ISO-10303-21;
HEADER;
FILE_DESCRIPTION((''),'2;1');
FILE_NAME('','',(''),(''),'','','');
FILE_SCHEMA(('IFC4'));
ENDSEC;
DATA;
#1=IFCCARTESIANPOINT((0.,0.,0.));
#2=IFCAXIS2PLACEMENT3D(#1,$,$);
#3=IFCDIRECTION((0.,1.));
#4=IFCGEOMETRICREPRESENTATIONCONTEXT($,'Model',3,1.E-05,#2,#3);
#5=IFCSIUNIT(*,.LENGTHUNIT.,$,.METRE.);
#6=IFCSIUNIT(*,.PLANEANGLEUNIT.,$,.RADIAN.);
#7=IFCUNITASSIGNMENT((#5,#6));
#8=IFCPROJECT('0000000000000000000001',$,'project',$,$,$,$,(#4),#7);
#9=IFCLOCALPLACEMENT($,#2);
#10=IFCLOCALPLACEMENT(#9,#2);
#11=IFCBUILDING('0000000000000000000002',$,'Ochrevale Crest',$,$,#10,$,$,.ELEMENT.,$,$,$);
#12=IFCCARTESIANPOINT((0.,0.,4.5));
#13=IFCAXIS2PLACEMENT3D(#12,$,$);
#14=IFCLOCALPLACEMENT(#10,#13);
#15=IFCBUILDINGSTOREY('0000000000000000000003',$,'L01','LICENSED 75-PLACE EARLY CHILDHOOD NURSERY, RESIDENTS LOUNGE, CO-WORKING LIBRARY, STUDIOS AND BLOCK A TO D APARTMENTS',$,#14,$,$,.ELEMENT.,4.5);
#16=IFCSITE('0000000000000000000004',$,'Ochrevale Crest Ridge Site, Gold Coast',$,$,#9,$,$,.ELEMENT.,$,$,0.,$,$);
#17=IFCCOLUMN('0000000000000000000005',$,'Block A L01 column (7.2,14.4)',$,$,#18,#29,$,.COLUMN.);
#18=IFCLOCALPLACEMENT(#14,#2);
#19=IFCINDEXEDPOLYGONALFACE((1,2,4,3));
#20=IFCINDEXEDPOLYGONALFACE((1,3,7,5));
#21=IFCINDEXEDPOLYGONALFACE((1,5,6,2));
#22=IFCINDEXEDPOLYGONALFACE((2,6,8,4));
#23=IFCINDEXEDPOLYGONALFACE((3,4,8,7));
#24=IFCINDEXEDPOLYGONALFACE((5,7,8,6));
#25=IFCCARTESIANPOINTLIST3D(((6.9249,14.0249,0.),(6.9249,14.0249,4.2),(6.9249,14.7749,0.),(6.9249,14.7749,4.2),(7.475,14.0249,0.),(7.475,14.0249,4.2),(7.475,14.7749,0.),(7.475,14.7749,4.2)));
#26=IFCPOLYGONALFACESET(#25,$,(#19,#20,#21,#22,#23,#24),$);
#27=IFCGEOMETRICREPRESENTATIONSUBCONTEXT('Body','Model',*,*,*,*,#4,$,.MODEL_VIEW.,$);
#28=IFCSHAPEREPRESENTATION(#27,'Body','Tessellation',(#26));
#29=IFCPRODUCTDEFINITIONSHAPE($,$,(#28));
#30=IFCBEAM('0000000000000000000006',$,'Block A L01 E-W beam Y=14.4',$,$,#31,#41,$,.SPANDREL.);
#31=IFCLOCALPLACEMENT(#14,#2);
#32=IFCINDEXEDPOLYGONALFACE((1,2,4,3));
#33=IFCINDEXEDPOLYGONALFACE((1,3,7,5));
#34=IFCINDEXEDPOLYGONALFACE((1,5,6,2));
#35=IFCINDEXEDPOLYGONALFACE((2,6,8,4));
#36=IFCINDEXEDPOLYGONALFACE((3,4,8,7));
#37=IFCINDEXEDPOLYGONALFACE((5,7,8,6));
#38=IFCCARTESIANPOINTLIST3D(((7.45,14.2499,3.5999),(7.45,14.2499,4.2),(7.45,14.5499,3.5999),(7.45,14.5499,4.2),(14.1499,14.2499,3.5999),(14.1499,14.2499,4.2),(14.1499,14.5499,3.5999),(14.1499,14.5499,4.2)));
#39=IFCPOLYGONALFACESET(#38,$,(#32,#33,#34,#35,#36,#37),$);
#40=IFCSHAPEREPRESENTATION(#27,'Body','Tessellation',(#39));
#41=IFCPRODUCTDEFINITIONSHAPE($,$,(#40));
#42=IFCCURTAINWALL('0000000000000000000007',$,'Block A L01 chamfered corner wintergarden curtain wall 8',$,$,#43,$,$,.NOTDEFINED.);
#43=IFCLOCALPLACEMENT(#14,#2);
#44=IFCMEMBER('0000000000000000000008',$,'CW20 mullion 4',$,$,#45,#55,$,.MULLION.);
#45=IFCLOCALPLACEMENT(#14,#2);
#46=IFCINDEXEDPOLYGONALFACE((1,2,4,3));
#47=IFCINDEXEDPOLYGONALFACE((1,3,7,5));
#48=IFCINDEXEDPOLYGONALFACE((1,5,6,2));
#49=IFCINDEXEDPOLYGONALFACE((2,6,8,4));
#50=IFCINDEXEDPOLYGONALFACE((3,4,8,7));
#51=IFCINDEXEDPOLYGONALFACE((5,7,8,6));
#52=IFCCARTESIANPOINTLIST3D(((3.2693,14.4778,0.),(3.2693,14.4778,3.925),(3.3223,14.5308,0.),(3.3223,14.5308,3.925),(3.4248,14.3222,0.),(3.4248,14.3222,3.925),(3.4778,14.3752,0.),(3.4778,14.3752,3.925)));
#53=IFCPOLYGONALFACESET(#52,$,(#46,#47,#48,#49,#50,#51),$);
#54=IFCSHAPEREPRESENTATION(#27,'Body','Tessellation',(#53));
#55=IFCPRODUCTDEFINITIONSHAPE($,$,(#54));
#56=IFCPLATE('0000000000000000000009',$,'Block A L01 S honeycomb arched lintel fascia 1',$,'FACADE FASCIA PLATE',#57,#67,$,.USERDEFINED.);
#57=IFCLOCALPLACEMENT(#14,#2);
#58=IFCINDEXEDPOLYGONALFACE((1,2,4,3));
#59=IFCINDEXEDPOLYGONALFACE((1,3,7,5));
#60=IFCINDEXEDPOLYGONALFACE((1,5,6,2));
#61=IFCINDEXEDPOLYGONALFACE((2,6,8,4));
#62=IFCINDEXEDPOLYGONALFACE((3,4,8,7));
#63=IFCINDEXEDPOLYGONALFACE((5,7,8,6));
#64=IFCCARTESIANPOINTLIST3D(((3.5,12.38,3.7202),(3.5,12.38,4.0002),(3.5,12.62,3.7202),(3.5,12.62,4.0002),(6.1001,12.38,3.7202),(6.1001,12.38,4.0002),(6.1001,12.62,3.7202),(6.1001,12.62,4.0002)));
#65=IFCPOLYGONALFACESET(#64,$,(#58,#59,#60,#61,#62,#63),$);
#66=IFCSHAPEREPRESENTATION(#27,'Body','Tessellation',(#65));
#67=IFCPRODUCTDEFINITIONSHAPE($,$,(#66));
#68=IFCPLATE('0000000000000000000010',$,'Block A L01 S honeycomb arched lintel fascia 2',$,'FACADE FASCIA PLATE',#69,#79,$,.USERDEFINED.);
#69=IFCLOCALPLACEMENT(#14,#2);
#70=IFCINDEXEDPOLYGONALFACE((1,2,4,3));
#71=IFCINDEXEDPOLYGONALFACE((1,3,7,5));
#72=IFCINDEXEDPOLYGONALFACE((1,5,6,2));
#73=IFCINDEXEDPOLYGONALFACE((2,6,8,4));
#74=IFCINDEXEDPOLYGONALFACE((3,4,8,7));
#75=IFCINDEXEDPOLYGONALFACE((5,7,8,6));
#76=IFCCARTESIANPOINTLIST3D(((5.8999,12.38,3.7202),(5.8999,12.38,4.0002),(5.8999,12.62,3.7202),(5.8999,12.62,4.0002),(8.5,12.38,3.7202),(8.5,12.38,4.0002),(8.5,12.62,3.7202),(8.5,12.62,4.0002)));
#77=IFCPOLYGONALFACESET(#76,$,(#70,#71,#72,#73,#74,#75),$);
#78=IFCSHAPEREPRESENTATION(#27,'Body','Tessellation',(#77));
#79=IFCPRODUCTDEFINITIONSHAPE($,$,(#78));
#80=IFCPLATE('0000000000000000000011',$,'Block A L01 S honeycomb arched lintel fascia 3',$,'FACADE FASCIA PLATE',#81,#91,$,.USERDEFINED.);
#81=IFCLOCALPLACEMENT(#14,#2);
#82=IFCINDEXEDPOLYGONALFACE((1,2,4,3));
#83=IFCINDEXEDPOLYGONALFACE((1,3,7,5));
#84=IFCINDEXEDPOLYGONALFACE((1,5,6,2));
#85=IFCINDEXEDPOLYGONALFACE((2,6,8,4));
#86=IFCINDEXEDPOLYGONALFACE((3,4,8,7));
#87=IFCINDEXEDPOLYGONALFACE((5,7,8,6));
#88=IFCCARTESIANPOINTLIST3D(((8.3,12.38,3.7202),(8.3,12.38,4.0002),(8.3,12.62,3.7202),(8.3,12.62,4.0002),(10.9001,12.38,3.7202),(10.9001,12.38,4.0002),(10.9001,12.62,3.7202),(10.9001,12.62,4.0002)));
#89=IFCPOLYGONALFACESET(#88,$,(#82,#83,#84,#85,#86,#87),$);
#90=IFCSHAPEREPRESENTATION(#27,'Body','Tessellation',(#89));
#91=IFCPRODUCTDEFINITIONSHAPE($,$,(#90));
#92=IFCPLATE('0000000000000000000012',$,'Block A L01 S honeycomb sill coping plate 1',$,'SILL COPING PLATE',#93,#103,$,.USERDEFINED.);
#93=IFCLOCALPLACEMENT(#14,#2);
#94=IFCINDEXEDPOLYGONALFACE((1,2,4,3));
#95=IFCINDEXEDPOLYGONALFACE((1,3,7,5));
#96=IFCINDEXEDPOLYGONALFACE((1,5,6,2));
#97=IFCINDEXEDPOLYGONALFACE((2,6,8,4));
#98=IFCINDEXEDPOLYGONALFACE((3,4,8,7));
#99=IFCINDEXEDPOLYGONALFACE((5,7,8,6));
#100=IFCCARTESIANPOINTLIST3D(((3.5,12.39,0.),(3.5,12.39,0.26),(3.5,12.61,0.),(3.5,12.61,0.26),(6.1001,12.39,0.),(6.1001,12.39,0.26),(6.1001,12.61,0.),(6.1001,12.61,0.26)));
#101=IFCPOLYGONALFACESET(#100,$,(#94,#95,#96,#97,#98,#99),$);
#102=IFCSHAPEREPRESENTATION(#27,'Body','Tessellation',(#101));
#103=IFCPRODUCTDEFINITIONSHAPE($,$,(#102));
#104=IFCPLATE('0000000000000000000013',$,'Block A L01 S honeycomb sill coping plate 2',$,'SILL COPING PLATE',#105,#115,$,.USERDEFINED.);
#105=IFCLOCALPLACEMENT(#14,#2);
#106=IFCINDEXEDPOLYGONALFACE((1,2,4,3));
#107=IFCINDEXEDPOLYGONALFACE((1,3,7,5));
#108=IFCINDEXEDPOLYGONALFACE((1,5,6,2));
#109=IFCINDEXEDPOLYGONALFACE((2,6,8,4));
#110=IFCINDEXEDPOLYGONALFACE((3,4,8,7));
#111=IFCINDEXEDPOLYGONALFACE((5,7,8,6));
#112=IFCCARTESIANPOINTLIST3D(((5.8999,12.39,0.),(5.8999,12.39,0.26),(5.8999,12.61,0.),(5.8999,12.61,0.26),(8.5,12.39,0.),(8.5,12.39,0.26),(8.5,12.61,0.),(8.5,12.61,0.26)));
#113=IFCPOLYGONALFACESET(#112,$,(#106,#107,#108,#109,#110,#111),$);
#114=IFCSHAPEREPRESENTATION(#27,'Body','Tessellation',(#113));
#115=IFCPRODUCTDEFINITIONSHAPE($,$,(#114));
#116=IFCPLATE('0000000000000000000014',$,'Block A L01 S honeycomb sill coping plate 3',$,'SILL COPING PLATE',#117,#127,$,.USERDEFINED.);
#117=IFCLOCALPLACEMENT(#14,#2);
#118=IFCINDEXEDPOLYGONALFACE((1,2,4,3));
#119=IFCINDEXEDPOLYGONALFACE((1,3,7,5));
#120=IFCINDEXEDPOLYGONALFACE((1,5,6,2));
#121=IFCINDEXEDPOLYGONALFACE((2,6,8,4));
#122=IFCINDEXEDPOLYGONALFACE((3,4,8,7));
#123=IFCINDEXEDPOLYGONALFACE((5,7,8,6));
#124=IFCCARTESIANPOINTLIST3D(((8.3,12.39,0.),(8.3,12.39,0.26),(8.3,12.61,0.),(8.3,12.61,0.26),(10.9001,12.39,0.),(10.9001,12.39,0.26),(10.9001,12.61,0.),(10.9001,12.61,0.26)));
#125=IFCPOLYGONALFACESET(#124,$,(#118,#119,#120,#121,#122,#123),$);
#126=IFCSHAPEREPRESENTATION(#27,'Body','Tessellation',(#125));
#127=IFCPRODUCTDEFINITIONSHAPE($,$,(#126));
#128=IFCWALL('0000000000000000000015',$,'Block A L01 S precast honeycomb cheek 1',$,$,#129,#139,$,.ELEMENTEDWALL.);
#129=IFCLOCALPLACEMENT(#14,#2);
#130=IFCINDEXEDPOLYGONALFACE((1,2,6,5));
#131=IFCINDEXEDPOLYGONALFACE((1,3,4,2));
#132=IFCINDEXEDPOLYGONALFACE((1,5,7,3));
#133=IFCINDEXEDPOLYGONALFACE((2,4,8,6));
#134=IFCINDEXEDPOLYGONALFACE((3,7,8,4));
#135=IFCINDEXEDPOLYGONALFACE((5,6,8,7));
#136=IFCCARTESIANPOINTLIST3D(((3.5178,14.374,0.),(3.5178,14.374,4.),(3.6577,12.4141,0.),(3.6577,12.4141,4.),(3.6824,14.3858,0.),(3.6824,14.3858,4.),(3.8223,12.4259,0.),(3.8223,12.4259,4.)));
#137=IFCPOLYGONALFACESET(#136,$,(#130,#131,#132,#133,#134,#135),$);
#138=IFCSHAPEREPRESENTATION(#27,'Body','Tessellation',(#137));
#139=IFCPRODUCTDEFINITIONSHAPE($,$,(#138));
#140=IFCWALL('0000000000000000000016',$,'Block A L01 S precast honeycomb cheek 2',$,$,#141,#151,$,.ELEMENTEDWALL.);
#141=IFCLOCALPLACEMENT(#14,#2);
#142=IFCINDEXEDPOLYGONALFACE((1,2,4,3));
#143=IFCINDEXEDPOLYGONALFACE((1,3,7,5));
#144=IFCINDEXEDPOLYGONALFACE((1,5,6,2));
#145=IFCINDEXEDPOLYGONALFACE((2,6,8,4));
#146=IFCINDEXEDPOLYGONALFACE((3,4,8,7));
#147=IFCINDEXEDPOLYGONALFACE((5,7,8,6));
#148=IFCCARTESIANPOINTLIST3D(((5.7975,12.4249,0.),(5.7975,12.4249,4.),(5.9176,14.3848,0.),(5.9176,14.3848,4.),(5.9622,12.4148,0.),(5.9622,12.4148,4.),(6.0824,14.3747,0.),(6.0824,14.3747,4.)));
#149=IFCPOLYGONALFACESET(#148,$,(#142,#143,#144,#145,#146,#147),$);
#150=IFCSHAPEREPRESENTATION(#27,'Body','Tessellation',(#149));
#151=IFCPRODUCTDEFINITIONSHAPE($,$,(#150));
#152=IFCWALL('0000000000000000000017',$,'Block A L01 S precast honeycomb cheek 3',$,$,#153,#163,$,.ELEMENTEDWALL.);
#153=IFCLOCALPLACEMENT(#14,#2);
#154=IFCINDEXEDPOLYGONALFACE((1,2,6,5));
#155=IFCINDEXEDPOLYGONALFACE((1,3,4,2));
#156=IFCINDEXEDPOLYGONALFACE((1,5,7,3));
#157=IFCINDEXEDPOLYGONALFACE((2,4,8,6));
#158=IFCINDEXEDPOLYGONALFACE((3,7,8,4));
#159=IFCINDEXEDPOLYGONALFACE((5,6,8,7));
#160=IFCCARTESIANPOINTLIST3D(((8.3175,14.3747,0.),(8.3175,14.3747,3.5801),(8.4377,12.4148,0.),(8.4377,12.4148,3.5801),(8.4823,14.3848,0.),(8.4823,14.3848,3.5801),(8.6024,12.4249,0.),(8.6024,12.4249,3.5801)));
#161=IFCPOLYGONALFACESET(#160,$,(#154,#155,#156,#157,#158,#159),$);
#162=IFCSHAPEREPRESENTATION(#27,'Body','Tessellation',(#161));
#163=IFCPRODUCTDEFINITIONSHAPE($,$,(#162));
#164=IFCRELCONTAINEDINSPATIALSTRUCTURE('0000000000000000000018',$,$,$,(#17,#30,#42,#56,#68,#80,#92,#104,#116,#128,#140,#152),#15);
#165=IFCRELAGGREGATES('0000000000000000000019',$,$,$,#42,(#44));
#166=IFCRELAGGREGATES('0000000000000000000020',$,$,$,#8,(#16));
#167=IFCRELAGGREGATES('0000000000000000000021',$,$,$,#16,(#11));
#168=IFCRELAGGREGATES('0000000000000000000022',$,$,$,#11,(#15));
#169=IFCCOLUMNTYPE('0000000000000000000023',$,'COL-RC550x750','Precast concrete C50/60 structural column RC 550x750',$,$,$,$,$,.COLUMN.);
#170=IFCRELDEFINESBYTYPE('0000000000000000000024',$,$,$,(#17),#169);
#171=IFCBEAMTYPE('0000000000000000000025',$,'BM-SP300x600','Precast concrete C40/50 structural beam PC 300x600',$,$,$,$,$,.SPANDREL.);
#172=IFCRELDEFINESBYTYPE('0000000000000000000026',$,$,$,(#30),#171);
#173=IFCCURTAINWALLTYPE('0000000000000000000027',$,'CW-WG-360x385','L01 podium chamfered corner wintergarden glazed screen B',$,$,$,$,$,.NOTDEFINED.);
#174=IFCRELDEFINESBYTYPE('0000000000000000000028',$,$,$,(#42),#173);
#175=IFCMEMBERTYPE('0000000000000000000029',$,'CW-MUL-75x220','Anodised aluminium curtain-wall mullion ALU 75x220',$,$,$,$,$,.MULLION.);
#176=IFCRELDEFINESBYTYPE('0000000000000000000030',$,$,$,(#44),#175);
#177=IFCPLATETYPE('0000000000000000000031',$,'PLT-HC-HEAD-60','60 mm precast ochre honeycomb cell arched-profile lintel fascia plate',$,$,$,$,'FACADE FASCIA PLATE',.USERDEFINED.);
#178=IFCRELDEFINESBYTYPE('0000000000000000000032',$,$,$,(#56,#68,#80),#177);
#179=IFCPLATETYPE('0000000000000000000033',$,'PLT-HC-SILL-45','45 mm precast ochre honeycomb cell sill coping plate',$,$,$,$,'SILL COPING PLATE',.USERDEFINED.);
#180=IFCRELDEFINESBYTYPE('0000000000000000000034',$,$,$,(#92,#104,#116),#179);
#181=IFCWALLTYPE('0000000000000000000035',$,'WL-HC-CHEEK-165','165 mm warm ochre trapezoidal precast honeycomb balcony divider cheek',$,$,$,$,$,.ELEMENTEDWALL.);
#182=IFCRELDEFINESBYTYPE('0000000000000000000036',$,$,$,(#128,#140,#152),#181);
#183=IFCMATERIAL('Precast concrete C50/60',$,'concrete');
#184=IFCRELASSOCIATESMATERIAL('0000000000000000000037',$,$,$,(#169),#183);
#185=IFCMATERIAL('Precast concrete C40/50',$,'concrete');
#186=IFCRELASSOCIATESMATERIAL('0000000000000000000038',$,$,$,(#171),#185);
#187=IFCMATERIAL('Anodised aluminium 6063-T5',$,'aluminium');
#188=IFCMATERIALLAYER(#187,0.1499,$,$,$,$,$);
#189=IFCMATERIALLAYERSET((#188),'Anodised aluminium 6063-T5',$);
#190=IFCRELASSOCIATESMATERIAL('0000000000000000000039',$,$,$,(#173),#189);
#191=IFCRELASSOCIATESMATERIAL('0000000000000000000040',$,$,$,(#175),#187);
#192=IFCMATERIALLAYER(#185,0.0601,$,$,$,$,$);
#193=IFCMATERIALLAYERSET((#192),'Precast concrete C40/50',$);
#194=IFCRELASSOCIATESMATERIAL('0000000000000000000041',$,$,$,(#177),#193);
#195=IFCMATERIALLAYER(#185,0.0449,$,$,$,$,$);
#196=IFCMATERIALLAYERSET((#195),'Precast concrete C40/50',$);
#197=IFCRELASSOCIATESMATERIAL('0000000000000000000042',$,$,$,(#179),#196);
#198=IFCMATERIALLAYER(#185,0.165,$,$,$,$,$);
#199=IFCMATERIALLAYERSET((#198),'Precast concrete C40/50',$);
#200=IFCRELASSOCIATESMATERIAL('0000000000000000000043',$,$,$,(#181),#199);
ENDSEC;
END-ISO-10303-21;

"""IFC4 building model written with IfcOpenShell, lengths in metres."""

from ifc_helpers import new_model, si_unit, direction, frame, frame_2d, origin, origin_2d, place, context, subcontext, project, spatial, rectangle, extrude, material, layer, layer_set, material_profile, profile_set, type_object, element, aggregate, save


model = new_model("IFC4")

# Units and contexts
model_context = context("Model", 3, precision=1e-05, world=origin(), true_north=direction((0.0, 1.0)))
body_context = subcontext(model_context, "Body", "Model", "MODEL_VIEW")
ifc_project = project(units=[si_unit("LENGTHUNIT", "METRE"), si_unit("PLANEANGLEUNIT", "RADIAN")], contexts=[model_context])

# Site, building, storey
site_placement = place(None, origin())
site = spatial("IfcSite", under=ifc_project, at=site_placement, Name="Ochrevale Crest Ridge Site, Gold Coast", CompositionType="ELEMENT", RefElevation=0.0)
building_placement = place(site_placement, origin())
building = spatial("IfcBuilding", under=site, at=building_placement, Name="Ochrevale Crest", CompositionType="ELEMENT")
storey_placement = place(building_placement, frame((0.0, 0.0, 4.5)))
storey = spatial("IfcBuildingStorey", under=building, at=storey_placement, Name="L01", Description="LICENSED 75-PLACE EARLY CHILDHOOD NURSERY, RESIDENTS LOUNGE, CO-WORKING LIBRARY, STUDIOS AND BLOCK A TO D APARTMENTS", CompositionType="ELEMENT", Elevation=4.5)

# Column
ifc_material_1 = material(Name="Precast concrete C50/60", Category="concrete")
ifc_material_profile_1 = material_profile(ifc_material_1, rectangle(XDim=0.55, YDim=0.75, at=origin_2d()), Name="RC 550x750")
ifc_profile_set_1 = profile_set([ifc_material_profile_1], Name="Precast concrete C50/60")
column_type = type_object("IfcColumnType", Name="COL-RC550x750", Description="Precast concrete C50/60 structural column RC 550x750", PredefinedType="COLUMN", material=ifc_profile_set_1)
column_placement = place(storey_placement, frame((7.2, 14.3999, 0.0), z_axis=(0.0, 0.0, 1.0), x_axis=(1.0, 0.0, 0.0)))
element("IfcColumn", 1, at=column_placement, inside=storey, type_object=column_type, Name="Block A L01 column (7.2,14.4)", PredefinedType="COLUMN", context=body_context, shape_type="SweptSolid", body=[
    extrude(rectangle(XDim=0.55, YDim=0.75, at=origin_2d()), origin(), (0.0, 0.0, 1.0), 4.2),
])

# Beam
ifc_material_2 = material(Name="Precast concrete C40/50", Category="concrete")
ifc_material_profile_2 = material_profile(ifc_material_2, rectangle(XDim=0.3, YDim=0.6001, at=origin_2d()), Name="PC 300x600")
ifc_profile_set_2 = profile_set([ifc_material_profile_2], Name="Precast concrete C40/50")
beam_type = type_object("IfcBeamType", Name="BM-SP300x600", Description="Precast concrete C40/50 structural beam PC 300x600", PredefinedType="SPANDREL", material=ifc_profile_set_2)
beam_placement = place(storey_placement, frame((7.45, 14.3999, 3.8999), z_axis=(1.0, 0.0, 0.0), x_axis=(0.0, 1.0, 0.0)))
element("IfcBeam", 2, at=beam_placement, inside=storey, type_object=beam_type, Name="Block A L01 E-W beam Y=14.4", PredefinedType="SPANDREL", context=body_context, shape_type="SweptSolid", body=[
    extrude(rectangle(XDim=0.3, YDim=0.6001, at=origin_2d()), origin(), (0.0, 0.0, 1.0), 6.7),
])

# Curtain wall, member
ifc_material_3 = material(Name="Anodised aluminium 6063-T5", Category="aluminium")
ifc_layer_1 = layer(ifc_material_3, 0.1499)
ifc_layer_set_1 = layer_set([ifc_layer_1], Name="Anodised aluminium 6063-T5")
curtain_wall_type = type_object("IfcCurtainWallType", Name="CW-WG-360x385", Description="L01 podium chamfered corner wintergarden glazed screen B", PredefinedType="NOTDEFINED", material=ifc_layer_set_1)
curtain_wall_placement = place(storey_placement, origin())
curtain_wall = element("IfcCurtainWall", 3, at=curtain_wall_placement, inside=storey, type_object=curtain_wall_type, Name="Block A L01 chamfered corner wintergarden curtain wall 8", PredefinedType="NOTDEFINED")
ifc_material_profile_3 = material_profile(ifc_material_3, rectangle(XDim=0.075, YDim=0.22, at=origin_2d()), Name="ALU 75x220")
ifc_profile_set_3 = profile_set([ifc_material_profile_3], Name="Anodised aluminium 6063-T5")
member_type = type_object("IfcMemberType", Name="CW-MUL-75x220", Description="Anodised aluminium curtain-wall mullion ALU 75x220", PredefinedType="MULLION", material=ifc_profile_set_3)
member_placement = place(storey_placement, frame((3.3735, 14.4265, 0.0), z_axis=(0.0, 0.0, 1.0), x_axis=(0.707107, 0.707107, 0.0)))
member = element("IfcMember", 4, at=member_placement, type_object=member_type, Name="CW20 mullion 4", PredefinedType="MULLION", context=body_context, shape_type="SweptSolid", body=[
    extrude(rectangle(XDim=0.075, YDim=0.22, at=origin_2d()), origin(), (0.0, 0.0, 1.0), 3.925),
])
aggregate(curtain_wall, [member])

# Plates
ifc_layer_2 = layer(ifc_material_2, 0.0601)
ifc_layer_set_2 = layer_set([ifc_layer_2], Name="Precast concrete C40/50")
plate_type_1 = type_object("IfcPlateType", Name="PLT-HC-HEAD-60", Description="60 mm precast ochre honeycomb cell arched-profile lintel fascia plate", ElementType="FACADE FASCIA PLATE", PredefinedType="USERDEFINED", material=ifc_layer_set_2)
for number, where, z_axis, x_axis, name in (
    (5, (4.8, 12.5, 3.7202), (0.0, 0.0, 1.0), (1.0, 0.0, 0.0), "Block A L01 S honeycomb arched lintel fascia 1"),
    (6, (7.2, 12.5, 3.7202), (0.0, 0.0, 1.0), (1.0, 0.0, 0.0), "Block A L01 S honeycomb arched lintel fascia 2"),
    (7, (9.6001, 12.5, 3.7202), (0.0, 0.0, 1.0), (1.0, 0.0, 0.0), "Block A L01 S honeycomb arched lintel fascia 3"),
):
    element("IfcPlate", number, at=place(storey_placement, frame(where, z_axis=z_axis, x_axis=x_axis)), inside=storey, type_object=plate_type_1, Name=name, ObjectType="FACADE FASCIA PLATE", PredefinedType="USERDEFINED", context=body_context, shape_type="SweptSolid", body=[
        extrude(rectangle(XDim=2.6001, YDim=0.24, at=origin_2d()), origin(), (0.0, 0.0, 1.0), 0.28),
    ])
ifc_layer_3 = layer(ifc_material_2, 0.0449)
ifc_layer_set_3 = layer_set([ifc_layer_3], Name="Precast concrete C40/50")
plate_type_2 = type_object("IfcPlateType", Name="PLT-HC-SILL-45", Description="45 mm precast ochre honeycomb cell sill coping plate", ElementType="SILL COPING PLATE", PredefinedType="USERDEFINED", material=ifc_layer_set_3)
for number, where, z_axis, x_axis, name in (
    (8, (4.8, 12.5, 0.0), (0.0, 0.0, 1.0), (1.0, 0.0, 0.0), "Block A L01 S honeycomb sill coping plate 1"),
    (9, (7.2, 12.5, 0.0), (0.0, 0.0, 1.0), (1.0, 0.0, 0.0), "Block A L01 S honeycomb sill coping plate 2"),
    (10, (9.6001, 12.5, 0.0), (0.0, 0.0, 1.0), (1.0, 0.0, 0.0), "Block A L01 S honeycomb sill coping plate 3"),
):
    element("IfcPlate", number, at=place(storey_placement, frame(where, z_axis=z_axis, x_axis=x_axis)), inside=storey, type_object=plate_type_2, Name=name, ObjectType="SILL COPING PLATE", PredefinedType="USERDEFINED", context=body_context, shape_type="SweptSolid", body=[
        extrude(rectangle(XDim=2.6001, YDim=0.22, at=origin_2d()), origin(), (0.0, 0.0, 1.0), 0.26),
    ])

# Walls
ifc_layer_4 = layer(ifc_material_2, 0.165)
ifc_layer_set_4 = layer_set([ifc_layer_4], Name="Precast concrete C40/50")
wall_type = type_object("IfcWallType", Name="WL-HC-CHEEK-165", Description="165 mm warm ochre trapezoidal precast honeycomb balcony divider cheek", PredefinedType="ELEMENTEDWALL", material=ifc_layer_set_4)
wall_1_placement = place(storey_placement, frame((3.6001, 14.3799, 0.0), z_axis=(0.0, 0.0, 1.0), x_axis=(0.071194, -0.997462, 0.0)))
element("IfcWall", 11, at=wall_1_placement, inside=storey, type_object=wall_type, Name="Block A L01 S precast honeycomb cheek 1", PredefinedType="ELEMENTEDWALL", context=body_context, shape_type="SweptSolid", body=[
    extrude(rectangle(XDim=1.9648, YDim=0.165, at=frame_2d((0.9824, 0.0))), origin(), (0.0, 0.0, 1.0), 4.0),
])
wall_2_placement = place(storey_placement, frame((6.0, 14.3799, 0.0), z_axis=(0.0, 0.0, 1.0), x_axis=(-0.061171, -0.998127, 0.0)))
element("IfcWall", 12, at=wall_2_placement, inside=storey, type_object=wall_type, Name="Block A L01 S precast honeycomb cheek 2", PredefinedType="ELEMENTEDWALL", context=body_context, shape_type="SweptSolid", body=[
    extrude(rectangle(XDim=1.9636, YDim=0.165, at=frame_2d((0.9819, 0.0))), origin(), (0.0, 0.0, 1.0), 4.0),
])
wall_3_placement = place(storey_placement, frame((8.3999, 14.3799, 0.0), z_axis=(0.0, 0.0, 1.0), x_axis=(0.061171, -0.998127, 0.0)))
element("IfcWall", 13, at=wall_3_placement, inside=storey, type_object=wall_type, Name="Block A L01 S precast honeycomb cheek 3", PredefinedType="ELEMENTEDWALL", context=body_context, shape_type="SweptSolid", body=[
    extrude(rectangle(XDim=1.9636, YDim=0.165, at=frame_2d((0.9819, 0.0))), origin(), (0.0, 0.0, 1.0), 3.5801),
])

save(model, "model.ifc")
